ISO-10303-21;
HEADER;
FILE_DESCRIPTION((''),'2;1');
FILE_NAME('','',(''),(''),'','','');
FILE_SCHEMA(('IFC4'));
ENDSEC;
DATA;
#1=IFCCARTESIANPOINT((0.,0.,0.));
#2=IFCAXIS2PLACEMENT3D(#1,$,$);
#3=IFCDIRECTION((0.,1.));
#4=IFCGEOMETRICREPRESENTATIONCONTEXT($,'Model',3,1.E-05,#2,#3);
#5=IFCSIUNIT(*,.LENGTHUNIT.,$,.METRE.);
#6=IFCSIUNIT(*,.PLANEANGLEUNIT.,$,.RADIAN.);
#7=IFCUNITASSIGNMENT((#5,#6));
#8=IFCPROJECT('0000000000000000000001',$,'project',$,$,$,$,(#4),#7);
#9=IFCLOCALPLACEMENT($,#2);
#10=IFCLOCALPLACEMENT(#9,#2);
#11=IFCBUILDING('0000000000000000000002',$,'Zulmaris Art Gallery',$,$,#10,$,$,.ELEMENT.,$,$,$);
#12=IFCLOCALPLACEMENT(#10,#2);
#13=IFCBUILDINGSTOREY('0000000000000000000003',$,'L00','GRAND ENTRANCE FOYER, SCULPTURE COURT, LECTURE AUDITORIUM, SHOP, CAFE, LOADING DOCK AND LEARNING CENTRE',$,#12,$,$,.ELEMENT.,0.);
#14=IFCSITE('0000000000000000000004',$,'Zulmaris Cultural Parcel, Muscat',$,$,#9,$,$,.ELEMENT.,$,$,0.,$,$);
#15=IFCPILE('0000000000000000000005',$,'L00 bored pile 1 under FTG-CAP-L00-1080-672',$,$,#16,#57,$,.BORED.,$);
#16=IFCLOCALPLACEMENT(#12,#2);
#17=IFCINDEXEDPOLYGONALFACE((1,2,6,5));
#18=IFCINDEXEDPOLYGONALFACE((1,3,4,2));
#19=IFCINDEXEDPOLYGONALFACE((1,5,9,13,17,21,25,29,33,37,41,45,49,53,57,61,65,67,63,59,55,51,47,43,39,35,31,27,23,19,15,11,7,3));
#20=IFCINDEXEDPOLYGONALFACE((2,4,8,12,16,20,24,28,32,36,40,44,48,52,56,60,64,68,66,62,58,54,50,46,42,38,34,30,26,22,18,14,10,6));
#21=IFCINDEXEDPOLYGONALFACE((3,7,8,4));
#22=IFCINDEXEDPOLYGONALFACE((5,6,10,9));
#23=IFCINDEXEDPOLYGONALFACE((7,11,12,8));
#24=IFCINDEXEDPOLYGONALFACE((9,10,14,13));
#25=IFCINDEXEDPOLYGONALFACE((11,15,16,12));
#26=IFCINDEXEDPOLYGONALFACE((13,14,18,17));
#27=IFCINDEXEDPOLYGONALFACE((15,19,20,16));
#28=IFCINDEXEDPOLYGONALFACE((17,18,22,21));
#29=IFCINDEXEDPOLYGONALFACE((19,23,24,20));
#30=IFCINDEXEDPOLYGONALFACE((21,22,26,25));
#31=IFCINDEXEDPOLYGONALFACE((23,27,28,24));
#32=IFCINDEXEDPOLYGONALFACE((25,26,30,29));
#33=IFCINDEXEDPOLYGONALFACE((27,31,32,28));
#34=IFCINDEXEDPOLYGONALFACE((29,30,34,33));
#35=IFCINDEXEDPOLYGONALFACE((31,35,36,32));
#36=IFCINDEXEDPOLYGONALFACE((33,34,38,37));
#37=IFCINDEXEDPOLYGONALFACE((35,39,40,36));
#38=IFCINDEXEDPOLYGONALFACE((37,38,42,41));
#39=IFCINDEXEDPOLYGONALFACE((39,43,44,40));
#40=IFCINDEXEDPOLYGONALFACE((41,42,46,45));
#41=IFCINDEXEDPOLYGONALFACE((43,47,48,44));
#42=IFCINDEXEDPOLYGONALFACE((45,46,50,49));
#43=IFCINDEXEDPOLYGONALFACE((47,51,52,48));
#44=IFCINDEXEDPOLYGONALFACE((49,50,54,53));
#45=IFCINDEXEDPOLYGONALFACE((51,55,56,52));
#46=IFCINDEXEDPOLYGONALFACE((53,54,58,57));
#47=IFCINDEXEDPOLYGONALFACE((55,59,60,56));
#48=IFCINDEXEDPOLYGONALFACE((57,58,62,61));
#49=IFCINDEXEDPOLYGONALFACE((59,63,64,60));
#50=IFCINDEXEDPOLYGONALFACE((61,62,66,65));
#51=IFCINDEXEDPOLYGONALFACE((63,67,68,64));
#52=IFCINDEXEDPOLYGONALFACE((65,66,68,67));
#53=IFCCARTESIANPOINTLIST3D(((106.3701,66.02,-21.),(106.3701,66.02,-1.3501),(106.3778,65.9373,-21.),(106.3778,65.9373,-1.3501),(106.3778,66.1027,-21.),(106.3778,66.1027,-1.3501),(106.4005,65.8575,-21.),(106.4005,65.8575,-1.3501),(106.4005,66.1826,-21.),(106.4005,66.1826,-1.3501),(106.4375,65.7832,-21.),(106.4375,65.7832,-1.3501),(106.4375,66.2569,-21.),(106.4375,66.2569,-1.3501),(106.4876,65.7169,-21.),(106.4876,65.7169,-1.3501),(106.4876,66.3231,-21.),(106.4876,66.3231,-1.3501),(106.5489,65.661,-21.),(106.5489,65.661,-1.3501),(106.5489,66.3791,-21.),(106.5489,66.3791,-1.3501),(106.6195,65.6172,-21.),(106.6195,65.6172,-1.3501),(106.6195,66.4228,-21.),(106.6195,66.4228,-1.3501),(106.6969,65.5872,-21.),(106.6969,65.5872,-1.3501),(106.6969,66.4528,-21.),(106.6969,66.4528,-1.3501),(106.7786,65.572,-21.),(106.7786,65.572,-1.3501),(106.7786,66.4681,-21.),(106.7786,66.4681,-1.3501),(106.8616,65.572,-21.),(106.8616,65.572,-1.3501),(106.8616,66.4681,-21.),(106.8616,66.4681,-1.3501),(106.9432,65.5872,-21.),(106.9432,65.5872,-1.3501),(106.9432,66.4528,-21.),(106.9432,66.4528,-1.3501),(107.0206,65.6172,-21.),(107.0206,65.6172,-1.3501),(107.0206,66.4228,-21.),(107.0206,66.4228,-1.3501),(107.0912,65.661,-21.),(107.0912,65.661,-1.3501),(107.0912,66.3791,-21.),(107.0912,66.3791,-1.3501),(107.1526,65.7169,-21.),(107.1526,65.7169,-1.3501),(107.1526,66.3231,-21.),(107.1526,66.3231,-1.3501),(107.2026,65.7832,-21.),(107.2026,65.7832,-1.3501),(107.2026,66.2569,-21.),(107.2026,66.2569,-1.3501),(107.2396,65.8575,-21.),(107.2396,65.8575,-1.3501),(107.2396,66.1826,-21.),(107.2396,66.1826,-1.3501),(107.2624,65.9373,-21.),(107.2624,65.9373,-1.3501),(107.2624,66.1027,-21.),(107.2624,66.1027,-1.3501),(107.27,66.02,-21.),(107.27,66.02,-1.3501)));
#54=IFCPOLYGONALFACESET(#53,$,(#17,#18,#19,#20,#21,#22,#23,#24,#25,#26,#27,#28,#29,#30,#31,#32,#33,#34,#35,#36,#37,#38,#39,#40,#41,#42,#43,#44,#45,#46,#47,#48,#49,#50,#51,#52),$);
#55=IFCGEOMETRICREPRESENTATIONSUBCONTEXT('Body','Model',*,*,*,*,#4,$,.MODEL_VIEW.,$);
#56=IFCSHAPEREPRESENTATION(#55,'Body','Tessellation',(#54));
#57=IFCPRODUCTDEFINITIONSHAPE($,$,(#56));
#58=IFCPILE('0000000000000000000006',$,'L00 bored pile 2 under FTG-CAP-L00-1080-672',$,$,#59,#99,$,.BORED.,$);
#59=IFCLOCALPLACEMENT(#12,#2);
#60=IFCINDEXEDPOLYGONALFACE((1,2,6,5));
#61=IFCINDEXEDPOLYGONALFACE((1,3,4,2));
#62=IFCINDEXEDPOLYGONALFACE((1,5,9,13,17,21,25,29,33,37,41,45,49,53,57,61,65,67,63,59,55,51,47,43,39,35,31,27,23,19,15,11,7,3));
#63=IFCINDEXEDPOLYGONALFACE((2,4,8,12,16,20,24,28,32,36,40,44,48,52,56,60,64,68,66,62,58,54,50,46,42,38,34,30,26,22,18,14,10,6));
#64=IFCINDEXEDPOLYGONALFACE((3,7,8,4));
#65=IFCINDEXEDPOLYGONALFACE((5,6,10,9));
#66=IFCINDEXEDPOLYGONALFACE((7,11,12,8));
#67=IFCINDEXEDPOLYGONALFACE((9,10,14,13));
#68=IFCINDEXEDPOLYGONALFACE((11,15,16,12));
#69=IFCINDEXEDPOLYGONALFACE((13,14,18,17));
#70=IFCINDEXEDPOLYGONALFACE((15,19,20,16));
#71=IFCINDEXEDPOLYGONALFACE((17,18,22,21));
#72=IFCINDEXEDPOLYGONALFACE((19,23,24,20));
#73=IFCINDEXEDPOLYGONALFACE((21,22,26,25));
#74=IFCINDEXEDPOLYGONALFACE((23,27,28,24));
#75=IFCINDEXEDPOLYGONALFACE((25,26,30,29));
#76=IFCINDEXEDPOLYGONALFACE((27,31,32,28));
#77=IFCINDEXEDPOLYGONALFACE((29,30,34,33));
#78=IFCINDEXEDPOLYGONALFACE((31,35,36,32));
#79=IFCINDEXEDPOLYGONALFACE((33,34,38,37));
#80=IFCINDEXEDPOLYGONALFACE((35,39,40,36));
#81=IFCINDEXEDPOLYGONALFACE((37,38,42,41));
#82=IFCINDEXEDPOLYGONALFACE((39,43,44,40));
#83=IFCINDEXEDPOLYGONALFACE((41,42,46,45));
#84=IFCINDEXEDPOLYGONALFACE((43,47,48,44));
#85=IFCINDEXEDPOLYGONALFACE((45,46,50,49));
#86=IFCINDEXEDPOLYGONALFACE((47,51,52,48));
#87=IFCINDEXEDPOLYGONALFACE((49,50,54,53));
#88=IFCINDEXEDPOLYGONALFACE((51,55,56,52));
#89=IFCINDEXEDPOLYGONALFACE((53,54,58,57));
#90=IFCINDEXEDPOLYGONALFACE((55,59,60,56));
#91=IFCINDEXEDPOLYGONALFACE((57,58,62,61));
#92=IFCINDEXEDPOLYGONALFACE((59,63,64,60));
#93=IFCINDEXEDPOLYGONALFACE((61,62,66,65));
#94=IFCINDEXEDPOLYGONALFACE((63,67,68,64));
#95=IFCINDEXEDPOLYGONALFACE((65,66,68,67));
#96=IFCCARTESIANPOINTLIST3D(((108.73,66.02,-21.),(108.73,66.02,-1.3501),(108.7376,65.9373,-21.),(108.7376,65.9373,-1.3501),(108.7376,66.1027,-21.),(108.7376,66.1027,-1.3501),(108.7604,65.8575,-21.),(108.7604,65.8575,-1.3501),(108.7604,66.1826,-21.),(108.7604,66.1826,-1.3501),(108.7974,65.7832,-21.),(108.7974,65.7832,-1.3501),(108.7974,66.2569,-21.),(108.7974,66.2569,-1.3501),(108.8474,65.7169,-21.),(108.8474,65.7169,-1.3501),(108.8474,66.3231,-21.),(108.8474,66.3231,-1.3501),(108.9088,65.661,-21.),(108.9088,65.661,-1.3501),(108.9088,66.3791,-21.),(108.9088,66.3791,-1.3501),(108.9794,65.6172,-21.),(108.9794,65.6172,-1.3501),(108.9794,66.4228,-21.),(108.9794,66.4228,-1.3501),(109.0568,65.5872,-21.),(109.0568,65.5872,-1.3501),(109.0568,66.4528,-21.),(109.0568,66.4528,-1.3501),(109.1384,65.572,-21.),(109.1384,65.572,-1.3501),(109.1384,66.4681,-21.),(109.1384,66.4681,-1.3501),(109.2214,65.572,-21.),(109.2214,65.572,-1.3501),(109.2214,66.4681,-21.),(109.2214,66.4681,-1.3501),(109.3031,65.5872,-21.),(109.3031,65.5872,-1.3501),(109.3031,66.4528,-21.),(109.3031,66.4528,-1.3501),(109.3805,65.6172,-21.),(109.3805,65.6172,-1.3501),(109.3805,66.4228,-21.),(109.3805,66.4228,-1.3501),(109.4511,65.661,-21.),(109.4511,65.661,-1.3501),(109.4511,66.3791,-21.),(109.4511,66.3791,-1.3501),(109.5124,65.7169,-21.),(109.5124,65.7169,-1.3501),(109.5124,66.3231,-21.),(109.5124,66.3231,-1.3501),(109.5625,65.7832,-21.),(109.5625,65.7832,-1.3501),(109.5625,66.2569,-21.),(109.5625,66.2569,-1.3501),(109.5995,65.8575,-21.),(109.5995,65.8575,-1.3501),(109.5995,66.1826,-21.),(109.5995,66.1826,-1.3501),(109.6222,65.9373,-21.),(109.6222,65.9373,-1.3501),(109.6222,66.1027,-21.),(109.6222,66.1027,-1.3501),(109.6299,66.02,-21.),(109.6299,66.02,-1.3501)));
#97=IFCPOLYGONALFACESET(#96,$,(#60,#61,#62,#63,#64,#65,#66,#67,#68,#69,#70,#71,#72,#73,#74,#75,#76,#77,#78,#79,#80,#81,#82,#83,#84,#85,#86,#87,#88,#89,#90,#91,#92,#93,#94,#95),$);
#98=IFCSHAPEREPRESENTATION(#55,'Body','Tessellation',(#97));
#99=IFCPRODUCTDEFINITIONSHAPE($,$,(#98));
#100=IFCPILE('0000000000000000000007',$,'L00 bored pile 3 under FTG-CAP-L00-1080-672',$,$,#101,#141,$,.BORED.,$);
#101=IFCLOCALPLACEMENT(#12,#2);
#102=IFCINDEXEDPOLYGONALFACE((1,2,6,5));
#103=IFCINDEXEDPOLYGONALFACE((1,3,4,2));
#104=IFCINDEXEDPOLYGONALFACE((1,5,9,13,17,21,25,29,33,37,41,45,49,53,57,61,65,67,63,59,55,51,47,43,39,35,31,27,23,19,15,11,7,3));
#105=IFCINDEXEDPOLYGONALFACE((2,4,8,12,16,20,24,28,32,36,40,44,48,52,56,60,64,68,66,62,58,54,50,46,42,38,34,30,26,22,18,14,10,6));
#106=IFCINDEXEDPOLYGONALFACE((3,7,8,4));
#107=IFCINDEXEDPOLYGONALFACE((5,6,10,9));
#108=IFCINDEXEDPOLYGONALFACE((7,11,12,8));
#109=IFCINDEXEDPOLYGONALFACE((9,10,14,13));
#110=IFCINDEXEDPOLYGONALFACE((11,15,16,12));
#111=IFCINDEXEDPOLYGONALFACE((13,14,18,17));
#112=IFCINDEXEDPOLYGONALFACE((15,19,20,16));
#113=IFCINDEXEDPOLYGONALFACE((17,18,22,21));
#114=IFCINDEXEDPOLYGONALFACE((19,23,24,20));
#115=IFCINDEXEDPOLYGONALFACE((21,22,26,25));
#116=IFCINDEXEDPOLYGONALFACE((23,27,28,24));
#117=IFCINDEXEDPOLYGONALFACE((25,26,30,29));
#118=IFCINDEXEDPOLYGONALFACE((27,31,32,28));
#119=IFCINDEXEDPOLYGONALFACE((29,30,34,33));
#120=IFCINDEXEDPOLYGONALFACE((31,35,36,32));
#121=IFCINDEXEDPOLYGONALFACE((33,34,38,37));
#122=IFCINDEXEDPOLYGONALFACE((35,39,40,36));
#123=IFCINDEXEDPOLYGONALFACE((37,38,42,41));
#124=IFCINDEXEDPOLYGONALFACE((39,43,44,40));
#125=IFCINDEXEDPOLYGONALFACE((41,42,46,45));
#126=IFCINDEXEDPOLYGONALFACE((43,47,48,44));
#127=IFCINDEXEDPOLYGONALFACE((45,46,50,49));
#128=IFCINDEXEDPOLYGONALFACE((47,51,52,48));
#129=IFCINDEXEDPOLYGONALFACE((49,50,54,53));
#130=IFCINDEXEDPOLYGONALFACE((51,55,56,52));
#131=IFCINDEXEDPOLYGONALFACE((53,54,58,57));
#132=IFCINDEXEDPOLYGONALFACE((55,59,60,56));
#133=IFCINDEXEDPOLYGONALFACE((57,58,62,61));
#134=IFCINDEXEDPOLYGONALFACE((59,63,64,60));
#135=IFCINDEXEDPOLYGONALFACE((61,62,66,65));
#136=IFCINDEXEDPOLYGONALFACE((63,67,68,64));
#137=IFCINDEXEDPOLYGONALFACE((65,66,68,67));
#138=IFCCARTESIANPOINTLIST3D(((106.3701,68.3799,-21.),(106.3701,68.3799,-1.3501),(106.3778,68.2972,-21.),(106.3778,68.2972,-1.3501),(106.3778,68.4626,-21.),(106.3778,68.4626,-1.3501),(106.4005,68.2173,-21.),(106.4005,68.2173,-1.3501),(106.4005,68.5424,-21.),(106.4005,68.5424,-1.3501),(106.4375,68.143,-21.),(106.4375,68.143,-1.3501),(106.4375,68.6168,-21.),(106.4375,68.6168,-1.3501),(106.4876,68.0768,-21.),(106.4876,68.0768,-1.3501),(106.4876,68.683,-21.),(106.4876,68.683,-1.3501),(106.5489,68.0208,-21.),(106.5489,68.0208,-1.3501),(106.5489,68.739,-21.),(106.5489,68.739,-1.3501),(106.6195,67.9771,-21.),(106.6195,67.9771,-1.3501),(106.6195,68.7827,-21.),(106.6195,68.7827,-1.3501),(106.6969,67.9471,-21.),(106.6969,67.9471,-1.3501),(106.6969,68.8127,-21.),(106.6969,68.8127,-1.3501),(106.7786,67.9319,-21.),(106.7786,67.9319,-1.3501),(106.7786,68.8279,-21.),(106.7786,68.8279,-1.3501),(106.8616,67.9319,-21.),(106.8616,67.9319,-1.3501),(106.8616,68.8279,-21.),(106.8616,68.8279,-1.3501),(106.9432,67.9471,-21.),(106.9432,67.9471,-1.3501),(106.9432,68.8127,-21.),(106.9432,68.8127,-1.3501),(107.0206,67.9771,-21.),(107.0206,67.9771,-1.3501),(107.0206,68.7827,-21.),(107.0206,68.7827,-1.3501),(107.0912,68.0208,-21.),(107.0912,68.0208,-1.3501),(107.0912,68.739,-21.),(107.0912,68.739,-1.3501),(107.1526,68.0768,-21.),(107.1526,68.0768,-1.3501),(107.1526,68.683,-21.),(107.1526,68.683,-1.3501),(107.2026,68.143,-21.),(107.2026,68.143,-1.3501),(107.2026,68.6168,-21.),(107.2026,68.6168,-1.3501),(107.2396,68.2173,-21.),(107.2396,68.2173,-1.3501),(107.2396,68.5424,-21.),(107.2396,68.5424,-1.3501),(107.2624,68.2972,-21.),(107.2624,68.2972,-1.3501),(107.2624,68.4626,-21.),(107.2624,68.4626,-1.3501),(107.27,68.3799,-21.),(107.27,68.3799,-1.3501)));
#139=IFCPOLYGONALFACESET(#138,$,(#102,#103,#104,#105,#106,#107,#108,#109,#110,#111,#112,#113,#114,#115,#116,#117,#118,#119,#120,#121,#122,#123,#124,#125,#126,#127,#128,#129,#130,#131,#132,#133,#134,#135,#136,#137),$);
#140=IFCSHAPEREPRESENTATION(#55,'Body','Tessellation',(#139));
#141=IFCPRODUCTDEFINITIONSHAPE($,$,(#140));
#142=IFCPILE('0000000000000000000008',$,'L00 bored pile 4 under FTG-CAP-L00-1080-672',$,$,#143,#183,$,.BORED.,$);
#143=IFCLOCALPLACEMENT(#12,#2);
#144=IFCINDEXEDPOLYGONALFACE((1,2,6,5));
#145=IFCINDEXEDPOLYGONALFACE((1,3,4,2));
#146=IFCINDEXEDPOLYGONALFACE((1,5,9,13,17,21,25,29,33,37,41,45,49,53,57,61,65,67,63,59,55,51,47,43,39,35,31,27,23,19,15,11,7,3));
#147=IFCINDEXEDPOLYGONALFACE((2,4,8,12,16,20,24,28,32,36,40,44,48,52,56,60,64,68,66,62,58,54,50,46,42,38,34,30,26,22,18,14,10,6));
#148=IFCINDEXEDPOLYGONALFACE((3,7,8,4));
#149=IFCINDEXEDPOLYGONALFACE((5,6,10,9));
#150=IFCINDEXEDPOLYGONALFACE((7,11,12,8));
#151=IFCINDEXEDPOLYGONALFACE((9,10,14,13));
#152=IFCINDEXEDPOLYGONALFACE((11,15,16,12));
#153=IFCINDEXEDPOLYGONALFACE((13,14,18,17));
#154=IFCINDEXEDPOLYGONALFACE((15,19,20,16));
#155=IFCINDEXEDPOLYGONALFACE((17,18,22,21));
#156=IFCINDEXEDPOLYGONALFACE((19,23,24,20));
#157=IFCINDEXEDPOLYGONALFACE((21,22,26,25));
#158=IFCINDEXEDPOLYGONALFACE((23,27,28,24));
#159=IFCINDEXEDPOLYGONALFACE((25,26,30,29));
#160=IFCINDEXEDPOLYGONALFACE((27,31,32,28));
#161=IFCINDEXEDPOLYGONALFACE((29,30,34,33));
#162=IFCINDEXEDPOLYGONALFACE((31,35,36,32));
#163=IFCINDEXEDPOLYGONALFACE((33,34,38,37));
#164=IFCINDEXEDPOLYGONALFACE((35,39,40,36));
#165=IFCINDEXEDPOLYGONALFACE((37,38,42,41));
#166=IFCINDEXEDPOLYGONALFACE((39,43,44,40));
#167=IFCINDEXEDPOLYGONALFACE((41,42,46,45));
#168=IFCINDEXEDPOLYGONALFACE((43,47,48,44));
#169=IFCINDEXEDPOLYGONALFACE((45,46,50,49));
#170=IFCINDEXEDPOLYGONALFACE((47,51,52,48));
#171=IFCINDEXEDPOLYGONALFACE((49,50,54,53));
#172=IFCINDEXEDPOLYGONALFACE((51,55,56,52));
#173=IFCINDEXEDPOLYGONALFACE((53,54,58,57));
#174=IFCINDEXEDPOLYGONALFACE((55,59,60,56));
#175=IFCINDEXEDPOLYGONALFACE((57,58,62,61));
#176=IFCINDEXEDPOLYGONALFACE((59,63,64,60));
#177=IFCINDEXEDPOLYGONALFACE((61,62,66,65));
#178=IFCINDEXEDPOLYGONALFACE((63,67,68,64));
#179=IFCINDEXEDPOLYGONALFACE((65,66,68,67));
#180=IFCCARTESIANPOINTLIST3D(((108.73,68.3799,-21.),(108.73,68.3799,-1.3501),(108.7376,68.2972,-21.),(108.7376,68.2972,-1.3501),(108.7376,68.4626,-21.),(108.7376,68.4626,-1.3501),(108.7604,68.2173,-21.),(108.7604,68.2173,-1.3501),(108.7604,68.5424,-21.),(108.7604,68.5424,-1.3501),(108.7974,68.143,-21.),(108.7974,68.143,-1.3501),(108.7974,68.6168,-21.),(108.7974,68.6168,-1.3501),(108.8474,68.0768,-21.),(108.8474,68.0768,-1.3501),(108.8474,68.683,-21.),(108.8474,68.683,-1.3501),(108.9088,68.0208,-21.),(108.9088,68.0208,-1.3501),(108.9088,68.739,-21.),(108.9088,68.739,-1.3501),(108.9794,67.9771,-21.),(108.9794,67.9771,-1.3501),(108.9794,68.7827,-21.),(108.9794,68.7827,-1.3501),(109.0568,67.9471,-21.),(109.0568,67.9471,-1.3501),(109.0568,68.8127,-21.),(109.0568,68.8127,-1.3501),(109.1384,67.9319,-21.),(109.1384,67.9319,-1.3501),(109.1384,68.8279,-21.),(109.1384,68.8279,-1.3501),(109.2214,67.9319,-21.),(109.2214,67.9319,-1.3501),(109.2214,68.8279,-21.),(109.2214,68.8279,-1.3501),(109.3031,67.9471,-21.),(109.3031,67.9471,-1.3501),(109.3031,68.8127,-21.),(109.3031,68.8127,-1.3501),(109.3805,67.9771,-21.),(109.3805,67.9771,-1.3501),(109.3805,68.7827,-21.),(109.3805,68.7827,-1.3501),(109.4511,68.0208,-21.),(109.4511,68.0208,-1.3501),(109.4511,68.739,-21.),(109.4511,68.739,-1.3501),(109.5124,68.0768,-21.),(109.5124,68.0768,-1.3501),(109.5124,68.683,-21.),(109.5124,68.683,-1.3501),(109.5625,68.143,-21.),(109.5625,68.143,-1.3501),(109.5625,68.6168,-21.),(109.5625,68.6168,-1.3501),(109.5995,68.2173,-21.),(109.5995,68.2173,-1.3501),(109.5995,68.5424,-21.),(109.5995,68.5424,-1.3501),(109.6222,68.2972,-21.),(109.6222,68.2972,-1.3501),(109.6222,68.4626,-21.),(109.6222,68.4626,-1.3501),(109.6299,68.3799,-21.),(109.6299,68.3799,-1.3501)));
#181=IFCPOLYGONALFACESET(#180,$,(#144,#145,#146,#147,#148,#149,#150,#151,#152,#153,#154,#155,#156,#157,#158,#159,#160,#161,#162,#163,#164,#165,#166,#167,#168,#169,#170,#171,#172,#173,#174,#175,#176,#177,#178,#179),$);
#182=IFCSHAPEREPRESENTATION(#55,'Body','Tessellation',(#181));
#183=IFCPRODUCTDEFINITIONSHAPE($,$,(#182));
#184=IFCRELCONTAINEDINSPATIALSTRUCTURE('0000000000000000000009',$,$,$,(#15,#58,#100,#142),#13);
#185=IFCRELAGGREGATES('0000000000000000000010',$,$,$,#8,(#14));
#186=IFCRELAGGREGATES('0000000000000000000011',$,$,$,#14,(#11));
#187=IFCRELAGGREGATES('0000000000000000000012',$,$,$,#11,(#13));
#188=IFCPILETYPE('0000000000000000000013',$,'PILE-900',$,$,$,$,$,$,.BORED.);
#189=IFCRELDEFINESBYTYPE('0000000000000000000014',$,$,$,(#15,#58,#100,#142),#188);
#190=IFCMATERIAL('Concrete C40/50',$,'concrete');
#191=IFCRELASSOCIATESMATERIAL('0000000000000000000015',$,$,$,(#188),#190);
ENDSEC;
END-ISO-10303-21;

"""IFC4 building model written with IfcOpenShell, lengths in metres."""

from ifc_helpers import new_model, si_unit, direction, frame, origin, origin_2d, place, context, subcontext, project, spatial, circle, extrude, material, material_profile, profile_set, type_object, element, save


model = new_model("IFC4")

# Units and contexts
model_context = context("Model", 3, precision=1e-05, world=origin(), true_north=direction((0.0, 1.0)))
body_context = subcontext(model_context, "Body", "Model", "MODEL_VIEW")
ifc_project = project(units=[si_unit("LENGTHUNIT", "METRE"), si_unit("PLANEANGLEUNIT", "RADIAN")], contexts=[model_context])

# Site, building, storey
site_placement = place(None, origin())
site = spatial("IfcSite", under=ifc_project, at=site_placement, Name="Zulmaris Cultural Parcel, Muscat", CompositionType="ELEMENT", RefElevation=0.0)
building_placement = place(site_placement, origin())
building = spatial("IfcBuilding", under=site, at=building_placement, Name="Zulmaris Art Gallery", CompositionType="ELEMENT")
storey_placement = place(building_placement, origin())
storey = spatial("IfcBuildingStorey", under=building, at=storey_placement, Name="L00", Description="GRAND ENTRANCE FOYER, SCULPTURE COURT, LECTURE AUDITORIUM, SHOP, CAFE, LOADING DOCK AND LEARNING CENTRE", CompositionType="ELEMENT", Elevation=0.0)

# Piles
ifc_material_1 = material(Name="Concrete C40/50", Category="concrete")
ifc_material_profile_1 = material_profile(ifc_material_1, circle(Radius=0.45, at=origin_2d()), Name="PILE DIA 900")
ifc_profile_set_1 = profile_set([ifc_material_profile_1], Name="Concrete C40/50")
pile_type_1 = type_object("IfcPileType", Name="PILE-900", PredefinedType="BORED", material=ifc_profile_set_1)
for number, where, z_axis, x_axis, name in (
    (1, (106.8201, 66.02, -1.3501), (0.0, 0.0, -1.0), (1.0, 0.0, 0.0), "L00 bored pile 1 under FTG-CAP-L00-1080-672"),
    (2, (109.1799, 66.02, -1.3501), (0.0, 0.0, -1.0), (1.0, 0.0, 0.0), "L00 bored pile 2 under FTG-CAP-L00-1080-672"),
    (3, (106.8201, 68.3799, -1.3501), (0.0, 0.0, -1.0), (1.0, 0.0, 0.0), "L00 bored pile 3 under FTG-CAP-L00-1080-672"),
    (4, (109.1799, 68.3799, -1.3501), (0.0, 0.0, -1.0), (1.0, 0.0, 0.0), "L00 bored pile 4 under FTG-CAP-L00-1080-672"),
):
    element("IfcPile", number, at=place(storey_placement, frame(where, z_axis=z_axis, x_axis=x_axis)), inside=storey, type_object=pile_type_1, Name=name, PredefinedType="BORED", context=body_context, shape_type="SweptSolid", body=[
        extrude(circle(Radius=0.45, at=origin_2d()), origin(), (0.0, 0.0, 1.0), 19.6499),
    ])

save(model, "model.ifc")
